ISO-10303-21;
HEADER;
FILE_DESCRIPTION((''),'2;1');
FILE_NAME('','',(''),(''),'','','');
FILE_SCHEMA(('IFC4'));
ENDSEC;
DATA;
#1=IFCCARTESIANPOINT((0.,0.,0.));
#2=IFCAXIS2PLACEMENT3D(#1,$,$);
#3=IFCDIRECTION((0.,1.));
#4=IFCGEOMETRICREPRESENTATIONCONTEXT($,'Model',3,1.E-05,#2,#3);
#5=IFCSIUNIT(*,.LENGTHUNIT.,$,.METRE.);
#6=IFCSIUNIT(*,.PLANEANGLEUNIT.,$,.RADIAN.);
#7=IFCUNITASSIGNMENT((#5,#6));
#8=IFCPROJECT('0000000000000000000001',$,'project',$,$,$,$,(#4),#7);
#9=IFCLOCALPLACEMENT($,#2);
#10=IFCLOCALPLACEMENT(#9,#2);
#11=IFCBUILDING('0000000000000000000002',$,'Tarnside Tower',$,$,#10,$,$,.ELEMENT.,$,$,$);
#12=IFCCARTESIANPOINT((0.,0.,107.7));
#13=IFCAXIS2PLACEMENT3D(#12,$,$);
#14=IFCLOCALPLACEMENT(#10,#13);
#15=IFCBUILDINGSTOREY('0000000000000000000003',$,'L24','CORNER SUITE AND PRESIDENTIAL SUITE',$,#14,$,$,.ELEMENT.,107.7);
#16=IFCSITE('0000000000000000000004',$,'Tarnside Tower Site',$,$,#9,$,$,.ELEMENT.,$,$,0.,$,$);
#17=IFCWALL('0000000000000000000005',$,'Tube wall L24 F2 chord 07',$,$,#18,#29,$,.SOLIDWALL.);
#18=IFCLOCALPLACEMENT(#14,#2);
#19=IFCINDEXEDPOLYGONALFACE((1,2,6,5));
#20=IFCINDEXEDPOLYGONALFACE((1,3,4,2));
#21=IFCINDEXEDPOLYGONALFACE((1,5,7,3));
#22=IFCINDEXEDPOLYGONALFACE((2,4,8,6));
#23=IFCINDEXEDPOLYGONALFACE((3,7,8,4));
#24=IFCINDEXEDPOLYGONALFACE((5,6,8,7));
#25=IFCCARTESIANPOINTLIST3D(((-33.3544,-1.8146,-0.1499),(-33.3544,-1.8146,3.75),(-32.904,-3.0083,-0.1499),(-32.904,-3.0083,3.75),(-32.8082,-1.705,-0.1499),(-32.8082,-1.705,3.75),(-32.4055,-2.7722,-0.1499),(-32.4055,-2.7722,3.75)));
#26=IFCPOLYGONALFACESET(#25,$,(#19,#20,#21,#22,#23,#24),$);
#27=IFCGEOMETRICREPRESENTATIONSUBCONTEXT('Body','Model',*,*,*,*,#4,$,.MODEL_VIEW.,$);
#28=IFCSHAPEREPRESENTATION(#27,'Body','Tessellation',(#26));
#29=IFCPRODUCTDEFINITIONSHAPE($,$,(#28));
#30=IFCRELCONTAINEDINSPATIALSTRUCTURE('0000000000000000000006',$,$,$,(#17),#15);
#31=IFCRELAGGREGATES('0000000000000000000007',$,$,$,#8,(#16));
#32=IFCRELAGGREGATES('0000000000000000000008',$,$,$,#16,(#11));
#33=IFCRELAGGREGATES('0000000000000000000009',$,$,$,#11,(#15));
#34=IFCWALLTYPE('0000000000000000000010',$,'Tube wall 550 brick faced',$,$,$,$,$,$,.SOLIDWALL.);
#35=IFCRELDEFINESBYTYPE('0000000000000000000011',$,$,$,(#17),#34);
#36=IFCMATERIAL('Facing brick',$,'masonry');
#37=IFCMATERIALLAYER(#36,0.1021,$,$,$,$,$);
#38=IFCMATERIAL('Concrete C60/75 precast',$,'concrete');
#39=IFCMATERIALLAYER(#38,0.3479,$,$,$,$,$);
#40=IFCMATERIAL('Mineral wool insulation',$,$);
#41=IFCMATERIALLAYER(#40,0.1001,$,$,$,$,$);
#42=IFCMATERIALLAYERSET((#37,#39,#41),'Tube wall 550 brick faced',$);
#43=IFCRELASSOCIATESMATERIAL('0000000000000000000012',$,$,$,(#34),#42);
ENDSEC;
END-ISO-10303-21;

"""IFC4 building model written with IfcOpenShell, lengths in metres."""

from ifc_helpers import new_model, si_unit, direction, frame, origin, place, context, subcontext, project, spatial, polyline, outline, extrude, material, layer, layer_set, type_object, element, save


model = new_model("IFC4")

# Units and contexts
model_context = context("Model", 3, precision=1e-05, world=origin(), true_north=direction((0.0, 1.0)))
body_context = subcontext(model_context, "Body", "Model", "MODEL_VIEW")
ifc_project = project(units=[si_unit("LENGTHUNIT", "METRE"), si_unit("PLANEANGLEUNIT", "RADIAN")], contexts=[model_context])

# Site, building, storey
site_placement = place(None, origin())
site = spatial("IfcSite", under=ifc_project, at=site_placement, Name="Tarnside Tower Site", CompositionType="ELEMENT", RefElevation=0.0)
building_placement = place(site_placement, origin())
building = spatial("IfcBuilding", under=site, at=building_placement, Name="Tarnside Tower", CompositionType="ELEMENT")
storey_placement = place(building_placement, frame((0.0, 0.0, 107.7)))
storey = spatial("IfcBuildingStorey", under=building, at=storey_placement, Name="L24", Description="CORNER SUITE AND PRESIDENTIAL SUITE", CompositionType="ELEMENT", Elevation=107.7)

# Wall
ifc_material_1 = material(Name="Facing brick", Category="masonry")
ifc_layer_1 = layer(ifc_material_1, 0.1021)
ifc_material_2 = material(Name="Concrete C60/75 precast", Category="concrete")
ifc_layer_2 = layer(ifc_material_2, 0.3479)
ifc_material_3 = material(Name="Mineral wool insulation")
ifc_layer_3 = layer(ifc_material_3, 0.1001)
ifc_layer_set_1 = layer_set([ifc_layer_1, ifc_layer_2, ifc_layer_3], Name="Tube wall 550 brick faced")
wall_type_1 = type_object("IfcWallType", Name="Tube wall 550 brick faced", PredefinedType="SOLIDWALL", material=ifc_layer_set_1)
wall_1_placement = place(storey_placement, frame((-33.0813, -1.7598, -0.1499), z_axis=(0.0, 0.0, 1.0), x_axis=(0.353027, -0.935613, 0.0)))
element("IfcWall", 1, at=wall_1_placement, inside=storey, type_object=wall_type_1, Name="Tube wall L24 F2 chord 07", PredefinedType="SOLIDWALL", context=body_context, shape_type="SweptSolid", body=[
    extrude(outline(polyline([(-0.0452, -0.2749), (1.2307, -0.2749), (1.1858, 0.2749), (0.0452, 0.2749), (-0.0452, -0.2749)])), origin(), (0.0, 0.0, 1.0), 3.8999),
])

save(model, "model.ifc")
